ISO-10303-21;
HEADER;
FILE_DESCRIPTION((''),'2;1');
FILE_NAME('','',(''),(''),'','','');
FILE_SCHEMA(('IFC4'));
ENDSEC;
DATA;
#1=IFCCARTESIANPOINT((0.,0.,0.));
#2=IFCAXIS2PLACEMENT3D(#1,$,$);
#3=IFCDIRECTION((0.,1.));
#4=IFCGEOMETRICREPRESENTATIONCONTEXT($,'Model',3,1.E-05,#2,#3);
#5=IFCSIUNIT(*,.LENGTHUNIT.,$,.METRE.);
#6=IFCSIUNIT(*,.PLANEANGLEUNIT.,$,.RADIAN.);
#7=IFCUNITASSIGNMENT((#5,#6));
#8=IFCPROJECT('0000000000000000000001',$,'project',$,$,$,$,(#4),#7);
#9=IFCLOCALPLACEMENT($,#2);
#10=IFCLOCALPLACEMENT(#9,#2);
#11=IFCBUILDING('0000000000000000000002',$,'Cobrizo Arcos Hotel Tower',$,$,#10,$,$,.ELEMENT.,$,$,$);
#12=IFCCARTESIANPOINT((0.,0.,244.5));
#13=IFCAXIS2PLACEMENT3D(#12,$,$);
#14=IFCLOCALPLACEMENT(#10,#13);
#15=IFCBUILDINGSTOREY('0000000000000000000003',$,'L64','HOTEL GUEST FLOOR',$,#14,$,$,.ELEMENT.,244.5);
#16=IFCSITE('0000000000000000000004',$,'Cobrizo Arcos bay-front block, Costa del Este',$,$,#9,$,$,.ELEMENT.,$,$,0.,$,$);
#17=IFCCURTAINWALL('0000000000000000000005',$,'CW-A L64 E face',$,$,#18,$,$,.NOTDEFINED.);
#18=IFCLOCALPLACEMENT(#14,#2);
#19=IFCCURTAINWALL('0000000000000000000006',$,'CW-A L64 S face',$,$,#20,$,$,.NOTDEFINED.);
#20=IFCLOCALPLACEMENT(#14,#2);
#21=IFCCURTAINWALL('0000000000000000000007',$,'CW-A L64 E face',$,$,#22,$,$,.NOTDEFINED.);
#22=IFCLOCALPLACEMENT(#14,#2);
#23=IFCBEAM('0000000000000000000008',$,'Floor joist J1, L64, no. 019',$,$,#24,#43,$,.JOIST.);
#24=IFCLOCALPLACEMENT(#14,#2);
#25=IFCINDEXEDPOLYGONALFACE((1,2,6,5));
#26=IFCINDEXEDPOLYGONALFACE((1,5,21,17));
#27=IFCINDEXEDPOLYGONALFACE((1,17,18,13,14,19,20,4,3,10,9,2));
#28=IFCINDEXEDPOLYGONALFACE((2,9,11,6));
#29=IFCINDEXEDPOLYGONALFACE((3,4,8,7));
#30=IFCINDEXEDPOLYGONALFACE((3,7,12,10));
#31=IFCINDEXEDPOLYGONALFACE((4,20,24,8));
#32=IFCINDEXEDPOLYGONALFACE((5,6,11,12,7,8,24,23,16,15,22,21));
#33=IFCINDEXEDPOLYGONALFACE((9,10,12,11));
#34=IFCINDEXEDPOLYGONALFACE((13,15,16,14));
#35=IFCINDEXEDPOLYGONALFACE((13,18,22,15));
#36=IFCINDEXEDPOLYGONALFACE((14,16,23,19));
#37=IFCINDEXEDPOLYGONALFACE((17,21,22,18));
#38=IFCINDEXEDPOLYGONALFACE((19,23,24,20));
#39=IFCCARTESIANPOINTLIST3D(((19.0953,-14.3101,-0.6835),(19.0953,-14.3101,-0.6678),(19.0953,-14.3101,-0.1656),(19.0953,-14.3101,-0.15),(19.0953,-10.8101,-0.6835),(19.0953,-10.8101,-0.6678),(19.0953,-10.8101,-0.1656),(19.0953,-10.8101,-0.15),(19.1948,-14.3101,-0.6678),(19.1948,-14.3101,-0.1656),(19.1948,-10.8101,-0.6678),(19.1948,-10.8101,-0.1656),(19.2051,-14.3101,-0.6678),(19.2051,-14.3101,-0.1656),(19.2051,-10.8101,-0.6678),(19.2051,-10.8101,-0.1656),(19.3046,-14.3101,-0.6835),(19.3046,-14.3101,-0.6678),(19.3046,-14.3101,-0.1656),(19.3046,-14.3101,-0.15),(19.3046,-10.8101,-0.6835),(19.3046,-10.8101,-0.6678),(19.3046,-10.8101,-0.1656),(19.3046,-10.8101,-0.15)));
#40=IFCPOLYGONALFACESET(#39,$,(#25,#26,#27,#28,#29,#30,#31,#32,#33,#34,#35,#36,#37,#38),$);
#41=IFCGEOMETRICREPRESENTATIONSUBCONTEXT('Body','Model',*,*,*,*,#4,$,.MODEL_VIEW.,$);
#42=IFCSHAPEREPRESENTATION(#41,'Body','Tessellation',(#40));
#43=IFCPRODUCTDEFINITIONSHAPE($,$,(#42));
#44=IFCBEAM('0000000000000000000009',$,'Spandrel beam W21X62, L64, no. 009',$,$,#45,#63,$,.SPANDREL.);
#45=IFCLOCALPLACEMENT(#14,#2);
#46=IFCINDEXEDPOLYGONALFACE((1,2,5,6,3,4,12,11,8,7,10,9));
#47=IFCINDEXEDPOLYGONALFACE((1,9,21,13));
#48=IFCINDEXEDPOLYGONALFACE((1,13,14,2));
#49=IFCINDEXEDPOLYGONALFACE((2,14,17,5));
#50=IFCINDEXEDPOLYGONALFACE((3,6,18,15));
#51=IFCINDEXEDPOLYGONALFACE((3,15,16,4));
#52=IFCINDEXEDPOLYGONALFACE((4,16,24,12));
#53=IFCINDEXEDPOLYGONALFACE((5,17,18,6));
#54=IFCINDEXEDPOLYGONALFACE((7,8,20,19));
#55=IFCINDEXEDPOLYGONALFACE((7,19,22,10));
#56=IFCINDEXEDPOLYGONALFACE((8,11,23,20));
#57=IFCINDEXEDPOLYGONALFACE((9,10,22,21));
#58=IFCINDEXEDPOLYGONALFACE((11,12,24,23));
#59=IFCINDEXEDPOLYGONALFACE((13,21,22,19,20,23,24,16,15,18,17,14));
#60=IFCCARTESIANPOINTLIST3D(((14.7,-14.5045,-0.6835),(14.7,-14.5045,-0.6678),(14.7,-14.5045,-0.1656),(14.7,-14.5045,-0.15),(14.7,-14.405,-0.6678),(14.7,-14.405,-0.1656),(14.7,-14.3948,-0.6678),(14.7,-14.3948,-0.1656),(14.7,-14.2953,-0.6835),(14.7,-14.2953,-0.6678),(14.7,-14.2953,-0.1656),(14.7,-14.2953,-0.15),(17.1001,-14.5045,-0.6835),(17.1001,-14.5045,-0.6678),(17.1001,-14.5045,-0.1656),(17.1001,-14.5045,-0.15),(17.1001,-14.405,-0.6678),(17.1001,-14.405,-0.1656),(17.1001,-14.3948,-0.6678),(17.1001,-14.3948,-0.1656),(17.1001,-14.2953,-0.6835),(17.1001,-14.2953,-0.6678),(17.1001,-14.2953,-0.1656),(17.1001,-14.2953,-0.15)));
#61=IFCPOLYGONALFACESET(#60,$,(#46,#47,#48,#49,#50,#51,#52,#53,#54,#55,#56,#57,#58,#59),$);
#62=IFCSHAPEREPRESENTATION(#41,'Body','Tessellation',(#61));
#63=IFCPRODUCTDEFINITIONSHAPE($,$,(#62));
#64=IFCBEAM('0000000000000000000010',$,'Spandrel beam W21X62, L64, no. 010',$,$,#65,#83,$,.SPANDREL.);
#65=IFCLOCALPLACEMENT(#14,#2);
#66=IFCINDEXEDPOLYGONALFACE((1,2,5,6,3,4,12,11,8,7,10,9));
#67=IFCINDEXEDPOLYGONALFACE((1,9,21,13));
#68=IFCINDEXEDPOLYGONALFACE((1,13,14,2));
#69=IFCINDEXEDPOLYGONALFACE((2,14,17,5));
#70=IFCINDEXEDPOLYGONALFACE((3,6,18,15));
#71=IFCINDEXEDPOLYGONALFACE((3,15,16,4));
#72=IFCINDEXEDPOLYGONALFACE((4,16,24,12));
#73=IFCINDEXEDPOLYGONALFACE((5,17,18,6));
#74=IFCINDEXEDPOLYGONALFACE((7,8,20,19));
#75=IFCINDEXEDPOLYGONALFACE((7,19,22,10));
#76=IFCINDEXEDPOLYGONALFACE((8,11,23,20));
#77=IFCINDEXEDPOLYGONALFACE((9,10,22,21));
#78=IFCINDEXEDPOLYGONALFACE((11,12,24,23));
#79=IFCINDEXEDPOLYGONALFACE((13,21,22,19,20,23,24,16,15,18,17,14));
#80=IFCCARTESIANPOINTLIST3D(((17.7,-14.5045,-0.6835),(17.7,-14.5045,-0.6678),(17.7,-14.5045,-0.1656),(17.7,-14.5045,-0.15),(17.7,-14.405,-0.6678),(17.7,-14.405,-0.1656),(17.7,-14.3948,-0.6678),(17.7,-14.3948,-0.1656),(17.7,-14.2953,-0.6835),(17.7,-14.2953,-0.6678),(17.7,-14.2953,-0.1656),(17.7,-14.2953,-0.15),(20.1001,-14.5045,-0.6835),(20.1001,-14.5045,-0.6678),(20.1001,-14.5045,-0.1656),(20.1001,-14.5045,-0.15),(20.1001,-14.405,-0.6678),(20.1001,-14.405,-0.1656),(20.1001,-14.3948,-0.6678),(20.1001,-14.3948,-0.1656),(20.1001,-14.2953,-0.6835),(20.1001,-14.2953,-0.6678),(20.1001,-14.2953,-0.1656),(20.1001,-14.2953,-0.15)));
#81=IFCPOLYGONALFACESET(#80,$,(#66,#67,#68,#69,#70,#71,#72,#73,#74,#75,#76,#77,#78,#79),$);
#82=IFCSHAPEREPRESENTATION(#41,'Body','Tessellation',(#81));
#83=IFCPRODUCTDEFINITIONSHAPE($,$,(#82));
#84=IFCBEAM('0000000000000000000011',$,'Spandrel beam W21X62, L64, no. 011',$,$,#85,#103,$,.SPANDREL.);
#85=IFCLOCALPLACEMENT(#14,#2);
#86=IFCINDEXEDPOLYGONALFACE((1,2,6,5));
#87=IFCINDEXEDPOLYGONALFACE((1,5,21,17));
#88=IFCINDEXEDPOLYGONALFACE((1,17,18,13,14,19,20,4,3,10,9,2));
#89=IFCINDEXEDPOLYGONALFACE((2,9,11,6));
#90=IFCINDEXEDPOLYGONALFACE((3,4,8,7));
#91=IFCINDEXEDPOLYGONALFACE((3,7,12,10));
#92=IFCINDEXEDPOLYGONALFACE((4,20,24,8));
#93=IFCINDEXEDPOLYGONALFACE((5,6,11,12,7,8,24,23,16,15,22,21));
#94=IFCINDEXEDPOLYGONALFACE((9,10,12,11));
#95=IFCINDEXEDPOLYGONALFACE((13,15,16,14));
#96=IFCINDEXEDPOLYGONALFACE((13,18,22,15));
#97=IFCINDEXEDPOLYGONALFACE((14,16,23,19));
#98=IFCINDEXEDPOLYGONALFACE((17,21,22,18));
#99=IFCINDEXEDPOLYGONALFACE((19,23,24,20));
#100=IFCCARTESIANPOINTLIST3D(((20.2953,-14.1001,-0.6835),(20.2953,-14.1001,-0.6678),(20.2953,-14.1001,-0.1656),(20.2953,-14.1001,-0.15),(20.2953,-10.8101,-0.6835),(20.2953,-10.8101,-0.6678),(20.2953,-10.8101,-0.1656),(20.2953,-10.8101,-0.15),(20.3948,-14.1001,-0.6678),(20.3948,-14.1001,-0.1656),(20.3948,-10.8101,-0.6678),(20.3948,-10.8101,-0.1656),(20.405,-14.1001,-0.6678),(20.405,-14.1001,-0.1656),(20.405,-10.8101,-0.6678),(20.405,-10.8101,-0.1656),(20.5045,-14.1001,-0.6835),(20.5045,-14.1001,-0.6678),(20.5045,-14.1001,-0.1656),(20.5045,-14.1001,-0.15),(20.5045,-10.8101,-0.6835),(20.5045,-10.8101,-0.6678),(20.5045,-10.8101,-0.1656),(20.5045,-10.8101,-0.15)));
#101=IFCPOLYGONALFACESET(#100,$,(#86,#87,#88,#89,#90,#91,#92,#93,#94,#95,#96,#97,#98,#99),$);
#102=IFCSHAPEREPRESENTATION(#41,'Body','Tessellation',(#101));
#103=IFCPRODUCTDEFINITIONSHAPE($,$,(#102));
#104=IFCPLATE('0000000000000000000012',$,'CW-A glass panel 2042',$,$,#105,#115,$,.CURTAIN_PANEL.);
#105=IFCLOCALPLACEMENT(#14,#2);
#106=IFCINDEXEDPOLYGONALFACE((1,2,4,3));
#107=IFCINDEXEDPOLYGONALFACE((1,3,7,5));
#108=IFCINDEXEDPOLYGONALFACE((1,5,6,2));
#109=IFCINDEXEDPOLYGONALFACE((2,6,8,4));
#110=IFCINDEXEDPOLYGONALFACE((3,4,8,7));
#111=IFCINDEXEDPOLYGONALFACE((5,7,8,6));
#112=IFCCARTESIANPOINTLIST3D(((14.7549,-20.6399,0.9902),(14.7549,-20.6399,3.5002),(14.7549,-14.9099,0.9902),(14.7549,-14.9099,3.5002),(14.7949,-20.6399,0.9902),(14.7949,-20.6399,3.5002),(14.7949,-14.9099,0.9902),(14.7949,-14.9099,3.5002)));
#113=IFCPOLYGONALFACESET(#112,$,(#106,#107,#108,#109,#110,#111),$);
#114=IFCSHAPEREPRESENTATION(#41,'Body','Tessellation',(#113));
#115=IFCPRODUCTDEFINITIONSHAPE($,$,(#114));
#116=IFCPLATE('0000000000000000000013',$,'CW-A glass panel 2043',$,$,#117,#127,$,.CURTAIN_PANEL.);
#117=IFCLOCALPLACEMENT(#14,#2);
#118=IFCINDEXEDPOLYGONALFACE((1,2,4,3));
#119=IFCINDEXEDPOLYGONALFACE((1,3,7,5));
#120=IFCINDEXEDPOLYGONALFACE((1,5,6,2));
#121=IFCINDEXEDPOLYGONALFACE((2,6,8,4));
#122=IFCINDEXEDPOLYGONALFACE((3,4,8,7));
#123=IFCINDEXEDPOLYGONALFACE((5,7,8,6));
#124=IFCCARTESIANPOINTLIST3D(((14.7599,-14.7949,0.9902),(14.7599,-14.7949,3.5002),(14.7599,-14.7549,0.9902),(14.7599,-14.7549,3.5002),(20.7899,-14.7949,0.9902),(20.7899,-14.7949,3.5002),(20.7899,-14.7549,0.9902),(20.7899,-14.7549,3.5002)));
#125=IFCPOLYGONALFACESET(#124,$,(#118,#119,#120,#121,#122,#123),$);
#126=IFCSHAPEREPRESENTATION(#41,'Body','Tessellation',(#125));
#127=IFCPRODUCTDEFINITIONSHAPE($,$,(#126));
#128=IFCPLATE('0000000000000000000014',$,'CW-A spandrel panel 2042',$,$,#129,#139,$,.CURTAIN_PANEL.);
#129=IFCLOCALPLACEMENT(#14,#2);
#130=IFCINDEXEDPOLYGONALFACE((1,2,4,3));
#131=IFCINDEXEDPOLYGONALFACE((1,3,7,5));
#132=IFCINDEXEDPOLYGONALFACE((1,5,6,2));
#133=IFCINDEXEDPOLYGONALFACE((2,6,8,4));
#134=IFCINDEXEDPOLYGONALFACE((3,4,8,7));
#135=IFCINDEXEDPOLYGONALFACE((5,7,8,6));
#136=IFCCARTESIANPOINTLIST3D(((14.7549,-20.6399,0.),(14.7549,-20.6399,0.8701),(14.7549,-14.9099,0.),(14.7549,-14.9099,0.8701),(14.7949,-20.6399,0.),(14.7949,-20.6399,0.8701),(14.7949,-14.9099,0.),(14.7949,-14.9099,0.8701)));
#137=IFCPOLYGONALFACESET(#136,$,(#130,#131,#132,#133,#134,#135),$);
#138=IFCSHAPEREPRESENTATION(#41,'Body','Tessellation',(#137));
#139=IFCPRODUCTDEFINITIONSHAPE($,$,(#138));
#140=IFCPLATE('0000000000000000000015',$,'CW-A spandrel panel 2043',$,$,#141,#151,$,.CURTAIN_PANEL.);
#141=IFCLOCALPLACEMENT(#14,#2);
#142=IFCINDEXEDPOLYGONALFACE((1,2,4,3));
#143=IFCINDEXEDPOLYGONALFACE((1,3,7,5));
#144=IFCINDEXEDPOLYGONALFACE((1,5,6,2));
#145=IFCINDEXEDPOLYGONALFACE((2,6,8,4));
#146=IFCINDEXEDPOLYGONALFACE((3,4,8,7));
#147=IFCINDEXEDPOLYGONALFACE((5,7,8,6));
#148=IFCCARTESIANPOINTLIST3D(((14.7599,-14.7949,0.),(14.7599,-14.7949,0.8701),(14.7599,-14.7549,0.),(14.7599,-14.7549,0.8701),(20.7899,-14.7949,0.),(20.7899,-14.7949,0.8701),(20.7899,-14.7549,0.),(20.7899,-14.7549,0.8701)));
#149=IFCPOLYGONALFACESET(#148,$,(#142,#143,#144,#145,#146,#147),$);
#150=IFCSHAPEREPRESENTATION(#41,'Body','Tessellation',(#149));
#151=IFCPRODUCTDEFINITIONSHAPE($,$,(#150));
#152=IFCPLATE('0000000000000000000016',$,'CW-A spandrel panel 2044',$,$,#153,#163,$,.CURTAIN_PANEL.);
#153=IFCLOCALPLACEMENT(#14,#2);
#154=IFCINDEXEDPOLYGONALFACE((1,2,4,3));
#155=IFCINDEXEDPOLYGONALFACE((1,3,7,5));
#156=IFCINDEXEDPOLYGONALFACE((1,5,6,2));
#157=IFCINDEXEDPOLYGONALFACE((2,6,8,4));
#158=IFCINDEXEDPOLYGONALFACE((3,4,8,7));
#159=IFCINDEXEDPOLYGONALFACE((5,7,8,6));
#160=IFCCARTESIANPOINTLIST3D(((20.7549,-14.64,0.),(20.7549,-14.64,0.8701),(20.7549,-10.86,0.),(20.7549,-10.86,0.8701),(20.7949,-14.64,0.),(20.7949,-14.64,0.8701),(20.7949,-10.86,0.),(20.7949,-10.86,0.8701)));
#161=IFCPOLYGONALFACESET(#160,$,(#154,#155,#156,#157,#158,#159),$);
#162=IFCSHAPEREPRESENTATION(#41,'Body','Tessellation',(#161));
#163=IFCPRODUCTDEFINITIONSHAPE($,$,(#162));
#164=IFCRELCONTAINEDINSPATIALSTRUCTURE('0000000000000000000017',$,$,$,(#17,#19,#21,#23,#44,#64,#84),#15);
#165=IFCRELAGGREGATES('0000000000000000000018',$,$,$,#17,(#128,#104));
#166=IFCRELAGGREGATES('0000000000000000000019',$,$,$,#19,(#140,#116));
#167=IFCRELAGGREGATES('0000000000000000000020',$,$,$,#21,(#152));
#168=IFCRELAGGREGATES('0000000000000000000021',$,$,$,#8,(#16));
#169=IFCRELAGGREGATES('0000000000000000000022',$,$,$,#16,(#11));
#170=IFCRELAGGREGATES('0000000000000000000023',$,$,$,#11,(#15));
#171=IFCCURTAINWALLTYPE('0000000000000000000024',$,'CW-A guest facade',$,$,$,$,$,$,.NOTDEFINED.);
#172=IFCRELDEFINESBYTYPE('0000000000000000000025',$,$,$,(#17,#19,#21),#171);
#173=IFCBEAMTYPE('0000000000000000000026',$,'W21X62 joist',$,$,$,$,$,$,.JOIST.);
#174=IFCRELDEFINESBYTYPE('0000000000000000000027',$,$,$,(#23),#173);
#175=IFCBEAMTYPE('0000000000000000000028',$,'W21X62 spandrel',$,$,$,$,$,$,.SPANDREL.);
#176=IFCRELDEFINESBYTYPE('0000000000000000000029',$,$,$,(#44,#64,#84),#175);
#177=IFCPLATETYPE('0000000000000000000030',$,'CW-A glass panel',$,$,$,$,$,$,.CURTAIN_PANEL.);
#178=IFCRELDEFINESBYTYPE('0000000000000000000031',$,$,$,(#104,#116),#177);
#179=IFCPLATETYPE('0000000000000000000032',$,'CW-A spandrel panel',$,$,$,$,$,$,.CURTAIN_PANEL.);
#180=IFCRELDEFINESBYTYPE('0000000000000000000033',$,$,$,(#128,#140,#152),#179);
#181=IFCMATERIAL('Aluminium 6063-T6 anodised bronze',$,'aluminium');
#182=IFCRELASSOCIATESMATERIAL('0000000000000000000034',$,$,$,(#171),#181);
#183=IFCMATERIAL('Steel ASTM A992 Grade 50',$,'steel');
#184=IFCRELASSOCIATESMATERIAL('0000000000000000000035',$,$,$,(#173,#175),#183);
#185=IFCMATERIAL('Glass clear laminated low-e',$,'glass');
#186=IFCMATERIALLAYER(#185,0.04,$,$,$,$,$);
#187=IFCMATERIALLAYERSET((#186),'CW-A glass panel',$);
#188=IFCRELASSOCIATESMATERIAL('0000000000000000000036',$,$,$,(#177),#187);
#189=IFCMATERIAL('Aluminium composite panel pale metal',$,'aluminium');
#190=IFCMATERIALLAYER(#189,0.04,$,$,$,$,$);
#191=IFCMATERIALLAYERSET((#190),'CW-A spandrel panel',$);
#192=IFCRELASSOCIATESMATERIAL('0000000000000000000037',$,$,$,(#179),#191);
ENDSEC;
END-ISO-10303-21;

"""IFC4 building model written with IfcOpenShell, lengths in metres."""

from ifc_helpers import new_model, si_unit, direction, frame, origin, origin_2d, place, context, subcontext, project, spatial, rectangle, i_section, extrude, material, layer, layer_set, material_profile, profile_set, type_object, element, aggregate, save


model = new_model("IFC4")

# Units and contexts
model_context = context("Model", 3, precision=1e-05, world=origin(), true_north=direction((0.0, 1.0)))
body_context = subcontext(model_context, "Body", "Model", "MODEL_VIEW")
ifc_project = project(units=[si_unit("LENGTHUNIT", "METRE"), si_unit("PLANEANGLEUNIT", "RADIAN")], contexts=[model_context])

# Site, building, storey
site_placement = place(None, origin())
site = spatial("IfcSite", under=ifc_project, at=site_placement, Name="Cobrizo Arcos bay-front block, Costa del Este", CompositionType="ELEMENT", RefElevation=0.0)
building_placement = place(site_placement, origin())
building = spatial("IfcBuilding", under=site, at=building_placement, Name="Cobrizo Arcos Hotel Tower", CompositionType="ELEMENT")
storey_placement = place(building_placement, frame((0.0, 0.0, 244.5)))
storey = spatial("IfcBuildingStorey", under=building, at=storey_placement, Name="L64", Description="HOTEL GUEST FLOOR", CompositionType="ELEMENT", Elevation=244.5)

# Shared definitions
ifc_material_1 = material(Name="Aluminium 6063-T6 anodised bronze", Category="aluminium")
curtain_wall_type = type_object("IfcCurtainWallType", Name="CW-A guest facade", PredefinedType="NOTDEFINED", material=ifc_material_1)

# Curtain walls
curtain_wall_1_placement = place(storey_placement, origin())
curtain_wall_1 = element("IfcCurtainWall", 1, at=curtain_wall_1_placement, inside=storey, type_object=curtain_wall_type, Name="CW-A L64 E face", PredefinedType="NOTDEFINED")
curtain_wall_2_placement = place(storey_placement, origin())
curtain_wall_2 = element("IfcCurtainWall", 2, at=curtain_wall_2_placement, inside=storey, type_object=curtain_wall_type, Name="CW-A L64 S face", PredefinedType="NOTDEFINED")

# Curtain wall
curtain_wall_3_placement = place(storey_placement, origin())
curtain_wall_3 = element("IfcCurtainWall", 3, at=curtain_wall_3_placement, inside=storey, type_object=curtain_wall_type, Name="CW-A L64 E face", PredefinedType="NOTDEFINED")

# Beams
ifc_material_2 = material(Name="Steel ASTM A992 Grade 50", Category="steel")
ifc_material_profile_1 = material_profile(ifc_material_2, i_section(OverallWidth=0.2092, OverallDepth=0.5334, WebThickness=0.0103, FlangeThickness=0.0156, at=origin_2d()), Name="W21X62")
ifc_profile_set_1 = profile_set([ifc_material_profile_1], Name="Steel ASTM A992 Grade 50")
beam_type_1 = type_object("IfcBeamType", Name="W21X62 joist", PredefinedType="JOIST", material=ifc_profile_set_1)
beam_1_placement = place(storey_placement, frame((19.2, -14.3101, -0.4167), z_axis=(0.0, 1.0, 0.0), x_axis=(-1.0, 0.0, 0.0)))
element("IfcBeam", 4, at=beam_1_placement, inside=storey, type_object=beam_type_1, Name="Floor joist J1, L64, no. 019", PredefinedType="JOIST", context=body_context, shape_type="SweptSolid", body=[
    extrude(i_section(OverallWidth=0.2092, OverallDepth=0.5334, WebThickness=0.0103, FlangeThickness=0.0156, at=origin_2d()), origin(), (0.0, 0.0, 1.0), 3.5),
])
ifc_material_profile_2 = material_profile(ifc_material_2, i_section(OverallWidth=0.2092, OverallDepth=0.5334, WebThickness=0.0103, FlangeThickness=0.0156, at=origin_2d()), Name="W21X62")
ifc_profile_set_2 = profile_set([ifc_material_profile_2], Name="Steel ASTM A992 Grade 50")
beam_type_2 = type_object("IfcBeamType", Name="W21X62 spandrel", PredefinedType="SPANDREL", material=ifc_profile_set_2)
for number, where, z_axis, x_axis, name in (
    (5, (14.7, -14.3999, -0.4167), (1.0, 0.0, 0.0), (0.0, 1.0, 0.0), "Spandrel beam W21X62, L64, no. 009"),
    (6, (17.7, -14.3999, -0.4167), (1.0, 0.0, 0.0), (0.0, 1.0, 0.0), "Spandrel beam W21X62, L64, no. 010"),
):
    element("IfcBeam", number, at=place(storey_placement, frame(where, z_axis=z_axis, x_axis=x_axis)), inside=storey, type_object=beam_type_2, Name=name, PredefinedType="SPANDREL", context=body_context, shape_type="SweptSolid", body=[
        extrude(i_section(OverallWidth=0.2092, OverallDepth=0.5334, WebThickness=0.0103, FlangeThickness=0.0156, at=origin_2d()), origin(), (0.0, 0.0, 1.0), 2.4001),
    ])
beam_2_placement = place(storey_placement, frame((20.3999, -14.1001, -0.4167), z_axis=(0.0, 1.0, 0.0), x_axis=(-1.0, 0.0, 0.0)))
element("IfcBeam", 7, at=beam_2_placement, inside=storey, type_object=beam_type_2, Name="Spandrel beam W21X62, L64, no. 011", PredefinedType="SPANDREL", context=body_context, shape_type="SweptSolid", body=[
    extrude(i_section(OverallWidth=0.2092, OverallDepth=0.5334, WebThickness=0.0103, FlangeThickness=0.0156, at=origin_2d()), origin(), (0.0, 0.0, 1.0), 3.29),
])

# Plates
ifc_material_3 = material(Name="Glass clear laminated low-e", Category="glass")
ifc_layer_1 = layer(ifc_material_3, 0.04)
ifc_layer_set_1 = layer_set([ifc_layer_1], Name="CW-A glass panel")
plate_type_1 = type_object("IfcPlateType", Name="CW-A glass panel", PredefinedType="CURTAIN_PANEL", material=ifc_layer_set_1)
plate_1_placement = place(storey_placement, frame((14.7749, -17.7749, 0.9902), z_axis=(0.0, 0.0, 1.0), x_axis=(0.0, 1.0, 0.0)))
plate_1 = element("IfcPlate", 8, at=plate_1_placement, type_object=plate_type_1, Name="CW-A glass panel 2042", PredefinedType="CURTAIN_PANEL", context=body_context, shape_type="SweptSolid", body=[
    extrude(rectangle(XDim=5.73, YDim=0.04, at=origin_2d()), origin(), (0.0, 0.0, 1.0), 2.51),
])
plate_2_placement = place(storey_placement, frame((17.7749, -14.7749, 0.9902), z_axis=(0.0, 0.0, 1.0), x_axis=(1.0, 0.0, 0.0)))
plate_2 = element("IfcPlate", 9, at=plate_2_placement, type_object=plate_type_1, Name="CW-A glass panel 2043", PredefinedType="CURTAIN_PANEL", context=body_context, shape_type="SweptSolid", body=[
    extrude(rectangle(XDim=6.03, YDim=0.04, at=origin_2d()), origin(), (0.0, 0.0, 1.0), 2.51),
])
ifc_material_4 = material(Name="Aluminium composite panel pale metal", Category="aluminium")
ifc_layer_2 = layer(ifc_material_4, 0.04)
ifc_layer_set_2 = layer_set([ifc_layer_2], Name="CW-A spandrel panel")
plate_type_2 = type_object("IfcPlateType", Name="CW-A spandrel panel", PredefinedType="CURTAIN_PANEL", material=ifc_layer_set_2)
plate_3_placement = place(storey_placement, frame((14.7749, -17.7749, 0.0), z_axis=(0.0, 0.0, 1.0), x_axis=(0.0, 1.0, 0.0)))
plate_3 = element("IfcPlate", 10, at=plate_3_placement, type_object=plate_type_2, Name="CW-A spandrel panel 2042", PredefinedType="CURTAIN_PANEL", context=body_context, shape_type="SweptSolid", body=[
    extrude(rectangle(XDim=5.73, YDim=0.04, at=origin_2d()), origin(), (0.0, 0.0, 1.0), 0.8701),
])
aggregate(curtain_wall_1, [plate_3, plate_1])
plate_4_placement = place(storey_placement, frame((17.7749, -14.7749, 0.0), z_axis=(0.0, 0.0, 1.0), x_axis=(1.0, 0.0, 0.0)))
plate_4 = element("IfcPlate", 11, at=plate_4_placement, type_object=plate_type_2, Name="CW-A spandrel panel 2043", PredefinedType="CURTAIN_PANEL", context=body_context, shape_type="SweptSolid", body=[
    extrude(rectangle(XDim=6.03, YDim=0.04, at=origin_2d()), origin(), (0.0, 0.0, 1.0), 0.8701),
])
aggregate(curtain_wall_2, [plate_4, plate_2])
plate_5_placement = place(storey_placement, frame((20.7749, -12.75, 0.0), z_axis=(0.0, 0.0, 1.0), x_axis=(0.0, 1.0, 0.0)))
plate_5 = element("IfcPlate", 12, at=plate_5_placement, type_object=plate_type_2, Name="CW-A spandrel panel 2044", PredefinedType="CURTAIN_PANEL", context=body_context, shape_type="SweptSolid", body=[
    extrude(rectangle(XDim=3.78, YDim=0.04, at=origin_2d()), origin(), (0.0, 0.0, 1.0), 0.8701),
])
aggregate(curtain_wall_3, [plate_5])

save(model, "model.ifc")
